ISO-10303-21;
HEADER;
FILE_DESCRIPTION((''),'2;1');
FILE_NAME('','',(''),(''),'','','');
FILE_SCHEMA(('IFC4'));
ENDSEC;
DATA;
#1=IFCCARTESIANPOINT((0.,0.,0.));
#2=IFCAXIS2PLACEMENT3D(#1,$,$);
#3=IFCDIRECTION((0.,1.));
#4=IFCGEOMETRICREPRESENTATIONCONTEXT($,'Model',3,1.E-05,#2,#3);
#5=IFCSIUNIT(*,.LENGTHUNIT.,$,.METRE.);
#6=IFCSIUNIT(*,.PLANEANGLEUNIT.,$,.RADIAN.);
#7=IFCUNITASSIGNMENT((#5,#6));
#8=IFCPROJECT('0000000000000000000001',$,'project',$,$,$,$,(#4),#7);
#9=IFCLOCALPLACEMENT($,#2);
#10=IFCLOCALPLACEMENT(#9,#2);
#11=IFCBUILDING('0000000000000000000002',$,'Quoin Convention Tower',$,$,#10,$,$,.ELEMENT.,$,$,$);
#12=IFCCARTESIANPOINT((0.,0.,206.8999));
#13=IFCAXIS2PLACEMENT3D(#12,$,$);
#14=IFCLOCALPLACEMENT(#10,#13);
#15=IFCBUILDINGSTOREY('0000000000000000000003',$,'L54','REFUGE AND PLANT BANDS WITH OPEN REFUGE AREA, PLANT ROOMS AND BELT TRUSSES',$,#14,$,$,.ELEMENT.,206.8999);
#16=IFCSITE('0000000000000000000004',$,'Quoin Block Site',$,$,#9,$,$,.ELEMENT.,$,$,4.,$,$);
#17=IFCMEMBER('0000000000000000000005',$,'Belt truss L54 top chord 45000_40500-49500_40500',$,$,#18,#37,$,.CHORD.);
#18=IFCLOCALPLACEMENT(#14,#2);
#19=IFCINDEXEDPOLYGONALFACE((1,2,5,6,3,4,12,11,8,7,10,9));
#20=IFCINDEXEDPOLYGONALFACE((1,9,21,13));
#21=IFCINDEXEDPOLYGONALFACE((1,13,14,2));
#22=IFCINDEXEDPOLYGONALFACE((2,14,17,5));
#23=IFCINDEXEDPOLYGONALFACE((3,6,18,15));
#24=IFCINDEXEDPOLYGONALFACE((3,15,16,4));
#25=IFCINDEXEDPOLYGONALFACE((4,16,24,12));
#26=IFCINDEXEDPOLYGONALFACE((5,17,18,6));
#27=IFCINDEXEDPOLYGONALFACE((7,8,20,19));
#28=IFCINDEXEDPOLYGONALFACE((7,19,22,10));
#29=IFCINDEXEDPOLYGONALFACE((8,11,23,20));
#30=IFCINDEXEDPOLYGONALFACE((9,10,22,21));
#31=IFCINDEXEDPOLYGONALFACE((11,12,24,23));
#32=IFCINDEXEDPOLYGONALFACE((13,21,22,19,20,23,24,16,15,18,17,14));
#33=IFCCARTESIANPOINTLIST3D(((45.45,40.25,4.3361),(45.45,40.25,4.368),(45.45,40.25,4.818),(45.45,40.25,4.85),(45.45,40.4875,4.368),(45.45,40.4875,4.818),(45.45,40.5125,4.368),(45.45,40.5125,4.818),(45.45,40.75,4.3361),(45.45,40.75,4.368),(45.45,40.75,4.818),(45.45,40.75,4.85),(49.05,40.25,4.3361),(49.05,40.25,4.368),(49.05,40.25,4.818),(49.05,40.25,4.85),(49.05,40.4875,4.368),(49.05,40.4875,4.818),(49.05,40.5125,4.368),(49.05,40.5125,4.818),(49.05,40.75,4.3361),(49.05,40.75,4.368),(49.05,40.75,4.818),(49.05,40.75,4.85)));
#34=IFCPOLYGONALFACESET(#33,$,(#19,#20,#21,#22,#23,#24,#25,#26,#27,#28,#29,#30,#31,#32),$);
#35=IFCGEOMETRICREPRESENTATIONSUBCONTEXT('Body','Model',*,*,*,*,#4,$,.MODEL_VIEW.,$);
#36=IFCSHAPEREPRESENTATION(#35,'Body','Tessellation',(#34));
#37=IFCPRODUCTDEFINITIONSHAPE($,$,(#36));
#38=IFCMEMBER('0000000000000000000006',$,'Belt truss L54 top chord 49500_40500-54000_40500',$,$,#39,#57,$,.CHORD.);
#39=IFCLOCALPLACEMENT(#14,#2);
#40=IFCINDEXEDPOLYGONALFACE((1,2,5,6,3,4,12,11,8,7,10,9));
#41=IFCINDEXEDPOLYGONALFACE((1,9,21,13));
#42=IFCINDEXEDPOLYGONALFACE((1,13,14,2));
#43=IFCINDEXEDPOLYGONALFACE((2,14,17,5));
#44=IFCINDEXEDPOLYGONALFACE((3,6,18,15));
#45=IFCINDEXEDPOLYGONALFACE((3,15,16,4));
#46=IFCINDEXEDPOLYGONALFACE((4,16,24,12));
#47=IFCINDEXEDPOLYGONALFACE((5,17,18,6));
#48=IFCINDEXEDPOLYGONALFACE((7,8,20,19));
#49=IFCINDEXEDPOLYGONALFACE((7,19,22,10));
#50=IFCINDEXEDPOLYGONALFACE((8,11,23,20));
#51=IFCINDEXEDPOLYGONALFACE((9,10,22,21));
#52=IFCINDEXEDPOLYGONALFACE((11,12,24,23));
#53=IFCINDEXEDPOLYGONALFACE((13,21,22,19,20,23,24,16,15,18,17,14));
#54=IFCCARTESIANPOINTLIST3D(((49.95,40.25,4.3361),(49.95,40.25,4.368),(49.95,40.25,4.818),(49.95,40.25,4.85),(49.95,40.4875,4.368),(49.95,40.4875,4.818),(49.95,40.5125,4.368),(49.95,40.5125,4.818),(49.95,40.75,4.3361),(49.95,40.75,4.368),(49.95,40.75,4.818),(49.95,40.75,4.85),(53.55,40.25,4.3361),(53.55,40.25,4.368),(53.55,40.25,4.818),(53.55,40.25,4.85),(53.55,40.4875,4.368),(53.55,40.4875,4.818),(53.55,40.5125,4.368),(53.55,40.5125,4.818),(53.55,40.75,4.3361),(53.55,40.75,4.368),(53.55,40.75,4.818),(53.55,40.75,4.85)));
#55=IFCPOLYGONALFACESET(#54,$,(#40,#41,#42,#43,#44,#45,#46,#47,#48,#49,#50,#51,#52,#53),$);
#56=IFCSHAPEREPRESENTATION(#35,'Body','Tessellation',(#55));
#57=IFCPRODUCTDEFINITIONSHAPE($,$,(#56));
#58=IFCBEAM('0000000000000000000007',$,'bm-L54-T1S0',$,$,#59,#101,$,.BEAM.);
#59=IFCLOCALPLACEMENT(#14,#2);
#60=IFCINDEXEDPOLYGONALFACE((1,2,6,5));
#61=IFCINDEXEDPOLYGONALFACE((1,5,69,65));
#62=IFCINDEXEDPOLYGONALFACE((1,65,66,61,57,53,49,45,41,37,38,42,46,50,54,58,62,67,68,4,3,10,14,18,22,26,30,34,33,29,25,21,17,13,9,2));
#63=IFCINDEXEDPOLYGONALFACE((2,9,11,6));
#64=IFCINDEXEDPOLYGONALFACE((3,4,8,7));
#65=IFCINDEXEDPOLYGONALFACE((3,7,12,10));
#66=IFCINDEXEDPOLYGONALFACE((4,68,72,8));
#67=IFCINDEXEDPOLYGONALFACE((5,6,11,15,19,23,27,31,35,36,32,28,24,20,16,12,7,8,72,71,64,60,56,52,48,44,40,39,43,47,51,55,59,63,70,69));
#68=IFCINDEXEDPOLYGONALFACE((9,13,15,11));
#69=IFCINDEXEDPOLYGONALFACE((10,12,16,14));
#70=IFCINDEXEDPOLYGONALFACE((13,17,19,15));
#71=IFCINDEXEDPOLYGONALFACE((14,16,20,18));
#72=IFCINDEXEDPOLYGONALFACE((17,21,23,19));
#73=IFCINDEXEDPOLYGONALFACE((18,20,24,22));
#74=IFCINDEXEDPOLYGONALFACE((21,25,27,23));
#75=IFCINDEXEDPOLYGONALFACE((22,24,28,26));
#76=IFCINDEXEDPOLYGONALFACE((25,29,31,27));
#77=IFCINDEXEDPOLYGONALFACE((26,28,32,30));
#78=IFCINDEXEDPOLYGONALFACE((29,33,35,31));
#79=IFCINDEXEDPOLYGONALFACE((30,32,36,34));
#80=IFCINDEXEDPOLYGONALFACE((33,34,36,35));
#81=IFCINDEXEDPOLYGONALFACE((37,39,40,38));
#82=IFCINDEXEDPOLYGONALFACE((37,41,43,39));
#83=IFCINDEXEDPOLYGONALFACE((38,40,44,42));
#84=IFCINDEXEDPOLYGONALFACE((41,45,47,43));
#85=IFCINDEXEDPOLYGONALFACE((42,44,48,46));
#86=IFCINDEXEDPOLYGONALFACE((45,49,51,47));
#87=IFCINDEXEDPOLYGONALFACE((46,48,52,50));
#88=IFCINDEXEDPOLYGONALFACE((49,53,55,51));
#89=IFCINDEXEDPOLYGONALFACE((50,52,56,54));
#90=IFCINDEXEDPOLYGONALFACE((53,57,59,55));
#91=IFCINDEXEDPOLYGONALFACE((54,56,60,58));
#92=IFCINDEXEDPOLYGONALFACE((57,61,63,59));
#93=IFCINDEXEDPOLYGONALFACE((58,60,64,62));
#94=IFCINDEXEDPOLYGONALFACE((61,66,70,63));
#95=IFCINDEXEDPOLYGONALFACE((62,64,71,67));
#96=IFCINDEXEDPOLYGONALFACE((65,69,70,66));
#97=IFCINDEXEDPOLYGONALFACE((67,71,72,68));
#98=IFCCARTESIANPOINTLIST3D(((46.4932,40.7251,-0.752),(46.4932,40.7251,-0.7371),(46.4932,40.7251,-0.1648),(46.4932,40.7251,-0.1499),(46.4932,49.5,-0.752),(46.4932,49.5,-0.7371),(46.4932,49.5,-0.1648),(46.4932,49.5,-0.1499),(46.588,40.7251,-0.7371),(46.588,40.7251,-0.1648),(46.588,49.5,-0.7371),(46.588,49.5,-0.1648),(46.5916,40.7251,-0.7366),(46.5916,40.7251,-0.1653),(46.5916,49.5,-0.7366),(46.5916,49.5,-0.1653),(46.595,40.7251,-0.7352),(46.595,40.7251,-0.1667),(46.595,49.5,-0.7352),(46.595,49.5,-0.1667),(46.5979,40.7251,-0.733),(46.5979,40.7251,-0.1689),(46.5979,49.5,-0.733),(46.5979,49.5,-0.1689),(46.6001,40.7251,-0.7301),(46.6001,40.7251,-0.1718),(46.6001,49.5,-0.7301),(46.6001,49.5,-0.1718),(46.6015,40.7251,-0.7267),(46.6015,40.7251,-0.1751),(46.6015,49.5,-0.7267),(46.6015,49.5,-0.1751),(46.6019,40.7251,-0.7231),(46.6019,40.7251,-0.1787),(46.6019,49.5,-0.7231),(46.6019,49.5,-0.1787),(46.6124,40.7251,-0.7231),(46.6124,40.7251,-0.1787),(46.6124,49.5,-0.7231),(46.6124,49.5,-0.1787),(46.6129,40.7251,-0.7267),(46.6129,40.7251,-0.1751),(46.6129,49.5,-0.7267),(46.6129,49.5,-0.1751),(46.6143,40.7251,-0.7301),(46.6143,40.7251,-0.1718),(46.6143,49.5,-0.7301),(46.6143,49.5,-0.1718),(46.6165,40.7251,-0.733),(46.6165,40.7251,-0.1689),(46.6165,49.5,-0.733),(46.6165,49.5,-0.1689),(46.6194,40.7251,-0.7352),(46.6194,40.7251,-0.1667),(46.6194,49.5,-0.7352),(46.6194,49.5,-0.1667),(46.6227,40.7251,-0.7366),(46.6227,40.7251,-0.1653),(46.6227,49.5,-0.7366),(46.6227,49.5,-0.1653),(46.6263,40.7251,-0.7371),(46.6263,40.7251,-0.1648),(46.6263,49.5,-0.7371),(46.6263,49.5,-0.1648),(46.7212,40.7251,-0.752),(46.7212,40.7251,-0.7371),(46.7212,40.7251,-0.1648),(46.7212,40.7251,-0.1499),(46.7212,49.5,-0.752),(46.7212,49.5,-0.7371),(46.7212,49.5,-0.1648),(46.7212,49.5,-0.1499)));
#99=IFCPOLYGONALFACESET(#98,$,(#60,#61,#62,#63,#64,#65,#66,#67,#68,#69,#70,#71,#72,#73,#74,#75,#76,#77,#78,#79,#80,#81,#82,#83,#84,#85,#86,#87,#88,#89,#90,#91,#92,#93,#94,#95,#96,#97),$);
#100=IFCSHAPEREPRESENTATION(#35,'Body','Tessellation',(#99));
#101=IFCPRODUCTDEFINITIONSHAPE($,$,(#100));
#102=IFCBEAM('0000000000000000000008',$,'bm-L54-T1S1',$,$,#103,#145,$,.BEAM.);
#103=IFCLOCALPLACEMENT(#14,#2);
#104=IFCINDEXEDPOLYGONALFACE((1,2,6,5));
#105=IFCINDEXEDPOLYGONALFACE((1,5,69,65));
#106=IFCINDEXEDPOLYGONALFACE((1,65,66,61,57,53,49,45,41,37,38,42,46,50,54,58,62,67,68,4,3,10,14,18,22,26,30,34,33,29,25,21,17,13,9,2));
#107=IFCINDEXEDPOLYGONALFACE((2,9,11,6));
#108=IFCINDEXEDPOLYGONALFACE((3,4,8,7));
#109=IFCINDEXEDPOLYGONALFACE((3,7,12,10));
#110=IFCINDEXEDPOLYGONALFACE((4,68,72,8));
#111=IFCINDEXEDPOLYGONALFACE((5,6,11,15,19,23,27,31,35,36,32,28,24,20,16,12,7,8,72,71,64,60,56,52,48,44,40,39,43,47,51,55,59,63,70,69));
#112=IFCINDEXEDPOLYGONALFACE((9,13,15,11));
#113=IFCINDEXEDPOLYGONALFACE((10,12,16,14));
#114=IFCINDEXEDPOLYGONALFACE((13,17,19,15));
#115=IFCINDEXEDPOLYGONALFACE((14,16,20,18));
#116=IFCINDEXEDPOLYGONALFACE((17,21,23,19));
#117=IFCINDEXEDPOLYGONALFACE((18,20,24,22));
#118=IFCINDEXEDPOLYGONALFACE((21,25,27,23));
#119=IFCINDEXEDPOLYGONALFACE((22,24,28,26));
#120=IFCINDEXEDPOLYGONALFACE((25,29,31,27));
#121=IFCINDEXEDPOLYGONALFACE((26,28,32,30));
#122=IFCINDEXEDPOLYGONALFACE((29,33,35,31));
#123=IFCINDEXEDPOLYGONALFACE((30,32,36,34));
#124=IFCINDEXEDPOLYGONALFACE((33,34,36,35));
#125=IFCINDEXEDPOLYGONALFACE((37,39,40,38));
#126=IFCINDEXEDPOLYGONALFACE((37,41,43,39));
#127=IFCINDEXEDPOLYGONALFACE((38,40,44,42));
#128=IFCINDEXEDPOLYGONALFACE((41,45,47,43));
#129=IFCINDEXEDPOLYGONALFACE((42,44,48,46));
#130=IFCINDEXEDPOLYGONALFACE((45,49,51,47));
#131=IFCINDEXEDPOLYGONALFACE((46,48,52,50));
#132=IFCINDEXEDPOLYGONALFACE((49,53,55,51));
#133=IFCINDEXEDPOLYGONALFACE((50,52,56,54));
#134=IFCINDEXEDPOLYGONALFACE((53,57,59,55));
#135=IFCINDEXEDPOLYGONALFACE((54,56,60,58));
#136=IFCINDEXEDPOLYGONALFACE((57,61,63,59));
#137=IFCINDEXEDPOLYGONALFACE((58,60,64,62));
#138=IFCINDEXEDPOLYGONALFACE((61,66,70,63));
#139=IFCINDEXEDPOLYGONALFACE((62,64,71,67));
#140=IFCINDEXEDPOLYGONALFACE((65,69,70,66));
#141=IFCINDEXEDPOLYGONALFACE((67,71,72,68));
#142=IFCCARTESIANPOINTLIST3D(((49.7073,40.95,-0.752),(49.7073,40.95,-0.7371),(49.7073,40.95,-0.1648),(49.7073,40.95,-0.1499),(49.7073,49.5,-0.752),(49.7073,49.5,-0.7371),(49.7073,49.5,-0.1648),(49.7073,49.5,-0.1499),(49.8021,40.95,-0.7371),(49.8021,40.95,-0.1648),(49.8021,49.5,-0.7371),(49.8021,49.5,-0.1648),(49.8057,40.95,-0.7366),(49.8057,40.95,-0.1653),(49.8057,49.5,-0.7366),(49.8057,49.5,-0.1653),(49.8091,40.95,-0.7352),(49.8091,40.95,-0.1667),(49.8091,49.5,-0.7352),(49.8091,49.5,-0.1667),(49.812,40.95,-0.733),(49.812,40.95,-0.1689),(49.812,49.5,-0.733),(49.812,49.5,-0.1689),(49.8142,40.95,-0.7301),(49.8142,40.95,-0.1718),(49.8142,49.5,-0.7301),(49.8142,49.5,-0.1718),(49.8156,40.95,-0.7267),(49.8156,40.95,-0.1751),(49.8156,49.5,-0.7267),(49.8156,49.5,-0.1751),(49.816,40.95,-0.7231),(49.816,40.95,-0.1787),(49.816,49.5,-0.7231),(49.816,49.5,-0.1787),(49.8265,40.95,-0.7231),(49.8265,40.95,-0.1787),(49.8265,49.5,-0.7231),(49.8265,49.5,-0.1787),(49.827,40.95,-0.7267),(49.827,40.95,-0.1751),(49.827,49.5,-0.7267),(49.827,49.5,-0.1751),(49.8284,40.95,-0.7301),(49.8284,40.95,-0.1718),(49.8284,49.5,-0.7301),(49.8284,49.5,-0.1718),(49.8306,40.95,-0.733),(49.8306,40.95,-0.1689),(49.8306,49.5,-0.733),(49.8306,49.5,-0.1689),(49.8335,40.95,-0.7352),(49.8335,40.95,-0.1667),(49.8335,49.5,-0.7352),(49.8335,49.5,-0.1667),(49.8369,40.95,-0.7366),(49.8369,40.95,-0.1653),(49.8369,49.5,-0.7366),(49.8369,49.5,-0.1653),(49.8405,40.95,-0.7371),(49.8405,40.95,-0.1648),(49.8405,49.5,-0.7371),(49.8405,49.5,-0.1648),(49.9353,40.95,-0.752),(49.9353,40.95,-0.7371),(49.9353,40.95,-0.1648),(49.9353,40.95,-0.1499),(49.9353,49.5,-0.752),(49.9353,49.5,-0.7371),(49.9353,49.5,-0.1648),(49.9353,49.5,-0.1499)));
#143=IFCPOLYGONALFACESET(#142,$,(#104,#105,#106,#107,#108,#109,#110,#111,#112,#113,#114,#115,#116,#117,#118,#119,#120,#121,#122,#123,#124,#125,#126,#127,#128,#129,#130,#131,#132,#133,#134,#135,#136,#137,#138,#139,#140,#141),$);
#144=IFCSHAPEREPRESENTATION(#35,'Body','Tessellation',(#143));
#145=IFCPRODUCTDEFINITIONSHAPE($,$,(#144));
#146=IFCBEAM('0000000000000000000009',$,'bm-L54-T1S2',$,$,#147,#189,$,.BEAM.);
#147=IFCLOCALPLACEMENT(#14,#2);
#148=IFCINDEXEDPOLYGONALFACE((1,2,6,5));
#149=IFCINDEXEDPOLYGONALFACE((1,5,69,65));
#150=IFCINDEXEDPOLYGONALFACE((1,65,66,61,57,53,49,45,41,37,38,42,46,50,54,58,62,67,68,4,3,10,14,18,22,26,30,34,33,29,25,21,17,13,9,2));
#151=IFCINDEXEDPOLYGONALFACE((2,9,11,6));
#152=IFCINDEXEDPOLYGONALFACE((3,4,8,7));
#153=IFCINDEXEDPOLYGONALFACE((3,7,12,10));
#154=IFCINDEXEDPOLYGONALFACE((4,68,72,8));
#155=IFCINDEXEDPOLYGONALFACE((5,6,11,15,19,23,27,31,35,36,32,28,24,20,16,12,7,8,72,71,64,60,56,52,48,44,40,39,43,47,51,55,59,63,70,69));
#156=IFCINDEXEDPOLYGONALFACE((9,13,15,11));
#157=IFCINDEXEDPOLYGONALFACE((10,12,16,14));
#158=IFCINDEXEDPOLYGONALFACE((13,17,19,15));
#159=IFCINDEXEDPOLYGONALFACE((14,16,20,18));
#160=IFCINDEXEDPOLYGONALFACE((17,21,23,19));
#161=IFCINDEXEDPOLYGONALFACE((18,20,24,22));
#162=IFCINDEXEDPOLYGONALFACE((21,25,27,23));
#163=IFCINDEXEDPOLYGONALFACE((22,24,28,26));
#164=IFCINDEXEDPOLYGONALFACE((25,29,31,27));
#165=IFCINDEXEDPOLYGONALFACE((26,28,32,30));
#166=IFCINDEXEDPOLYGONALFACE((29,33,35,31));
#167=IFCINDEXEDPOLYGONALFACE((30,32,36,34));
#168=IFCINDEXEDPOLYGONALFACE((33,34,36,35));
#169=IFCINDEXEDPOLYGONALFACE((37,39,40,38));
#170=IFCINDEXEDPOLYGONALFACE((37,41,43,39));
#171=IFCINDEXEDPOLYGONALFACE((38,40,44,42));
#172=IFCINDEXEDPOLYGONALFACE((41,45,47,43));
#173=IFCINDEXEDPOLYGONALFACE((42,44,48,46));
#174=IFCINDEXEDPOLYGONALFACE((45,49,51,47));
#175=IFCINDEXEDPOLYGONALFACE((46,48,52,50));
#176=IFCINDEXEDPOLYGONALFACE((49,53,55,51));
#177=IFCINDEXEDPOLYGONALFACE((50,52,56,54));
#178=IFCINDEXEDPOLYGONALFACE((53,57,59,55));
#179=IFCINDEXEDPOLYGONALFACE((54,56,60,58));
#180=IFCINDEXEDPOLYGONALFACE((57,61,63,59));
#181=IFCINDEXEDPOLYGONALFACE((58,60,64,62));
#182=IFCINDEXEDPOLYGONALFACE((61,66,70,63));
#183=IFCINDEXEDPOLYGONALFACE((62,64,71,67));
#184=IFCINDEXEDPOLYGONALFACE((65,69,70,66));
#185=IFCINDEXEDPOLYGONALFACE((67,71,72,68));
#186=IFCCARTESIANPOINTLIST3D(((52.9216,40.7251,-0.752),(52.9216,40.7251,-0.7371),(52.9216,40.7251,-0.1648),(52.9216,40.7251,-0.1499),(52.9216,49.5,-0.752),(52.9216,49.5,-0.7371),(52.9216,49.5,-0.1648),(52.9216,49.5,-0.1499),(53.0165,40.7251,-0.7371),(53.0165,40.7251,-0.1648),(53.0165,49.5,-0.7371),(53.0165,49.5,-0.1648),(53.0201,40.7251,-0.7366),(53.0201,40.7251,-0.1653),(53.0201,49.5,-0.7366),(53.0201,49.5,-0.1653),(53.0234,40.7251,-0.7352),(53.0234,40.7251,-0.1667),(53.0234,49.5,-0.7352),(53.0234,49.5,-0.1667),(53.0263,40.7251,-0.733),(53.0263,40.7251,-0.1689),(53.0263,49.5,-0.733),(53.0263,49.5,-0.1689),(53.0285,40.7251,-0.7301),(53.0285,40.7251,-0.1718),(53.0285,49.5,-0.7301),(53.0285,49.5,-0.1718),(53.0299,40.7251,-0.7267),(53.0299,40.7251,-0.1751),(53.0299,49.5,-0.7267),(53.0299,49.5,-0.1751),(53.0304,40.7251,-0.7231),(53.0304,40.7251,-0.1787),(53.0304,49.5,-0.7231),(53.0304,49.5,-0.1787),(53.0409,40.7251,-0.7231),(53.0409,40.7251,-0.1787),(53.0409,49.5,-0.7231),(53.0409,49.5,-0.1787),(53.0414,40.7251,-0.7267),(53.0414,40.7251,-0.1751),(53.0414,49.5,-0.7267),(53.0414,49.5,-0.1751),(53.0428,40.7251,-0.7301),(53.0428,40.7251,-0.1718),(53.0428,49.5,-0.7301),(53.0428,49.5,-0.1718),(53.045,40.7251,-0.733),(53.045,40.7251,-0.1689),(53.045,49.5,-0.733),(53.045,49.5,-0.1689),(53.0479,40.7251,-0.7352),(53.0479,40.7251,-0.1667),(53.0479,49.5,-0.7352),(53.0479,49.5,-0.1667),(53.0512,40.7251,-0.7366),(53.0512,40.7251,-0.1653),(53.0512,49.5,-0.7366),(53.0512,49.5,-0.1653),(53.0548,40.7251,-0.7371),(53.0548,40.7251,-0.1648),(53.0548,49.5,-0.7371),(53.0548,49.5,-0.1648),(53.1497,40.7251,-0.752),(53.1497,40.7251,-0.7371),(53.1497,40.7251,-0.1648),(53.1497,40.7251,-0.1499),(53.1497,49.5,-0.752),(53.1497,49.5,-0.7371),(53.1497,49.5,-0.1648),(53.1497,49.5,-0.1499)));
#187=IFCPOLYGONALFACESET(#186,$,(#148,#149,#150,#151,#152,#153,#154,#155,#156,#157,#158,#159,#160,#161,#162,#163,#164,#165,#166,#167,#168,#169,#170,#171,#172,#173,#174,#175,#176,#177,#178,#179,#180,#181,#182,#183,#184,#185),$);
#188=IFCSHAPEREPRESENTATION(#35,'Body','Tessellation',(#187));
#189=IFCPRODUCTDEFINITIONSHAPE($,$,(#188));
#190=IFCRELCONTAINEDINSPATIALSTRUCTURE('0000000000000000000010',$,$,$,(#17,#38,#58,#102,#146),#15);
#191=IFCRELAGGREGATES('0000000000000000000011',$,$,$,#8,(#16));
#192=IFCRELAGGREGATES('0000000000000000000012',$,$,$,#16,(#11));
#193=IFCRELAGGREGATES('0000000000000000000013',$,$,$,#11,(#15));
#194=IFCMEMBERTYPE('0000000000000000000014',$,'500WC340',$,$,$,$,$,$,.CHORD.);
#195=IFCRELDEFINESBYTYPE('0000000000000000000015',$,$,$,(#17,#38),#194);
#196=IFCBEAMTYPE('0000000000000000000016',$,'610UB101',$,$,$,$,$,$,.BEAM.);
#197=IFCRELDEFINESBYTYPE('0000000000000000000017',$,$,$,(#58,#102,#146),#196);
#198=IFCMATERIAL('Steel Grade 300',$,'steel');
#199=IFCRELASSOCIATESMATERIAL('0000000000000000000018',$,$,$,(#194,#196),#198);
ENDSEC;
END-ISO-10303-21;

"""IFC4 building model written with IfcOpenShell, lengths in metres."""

from ifc_helpers import new_model, si_unit, direction, frame, origin, origin_2d, place, context, subcontext, project, spatial, i_section, extrude, material, material_profile, profile_set, type_object, element, save


model = new_model("IFC4")

# Units and contexts
model_context = context("Model", 3, precision=1e-05, world=origin(), true_north=direction((0.0, 1.0)))
body_context = subcontext(model_context, "Body", "Model", "MODEL_VIEW")
ifc_project = project(units=[si_unit("LENGTHUNIT", "METRE"), si_unit("PLANEANGLEUNIT", "RADIAN")], contexts=[model_context])

# Site, building, storey
site_placement = place(None, origin())
site = spatial("IfcSite", under=ifc_project, at=site_placement, Name="Quoin Block Site", CompositionType="ELEMENT", RefElevation=4.0)
building_placement = place(site_placement, origin())
building = spatial("IfcBuilding", under=site, at=building_placement, Name="Quoin Convention Tower", CompositionType="ELEMENT")
storey_placement = place(building_placement, frame((0.0, 0.0, 206.8999)))
storey = spatial("IfcBuildingStorey", under=building, at=storey_placement, Name="L54", Description="REFUGE AND PLANT BANDS WITH OPEN REFUGE AREA, PLANT ROOMS AND BELT TRUSSES", CompositionType="ELEMENT", Elevation=206.8999)

# Members
ifc_material_1 = material(Name="Steel Grade 300", Category="steel")
ifc_material_profile_1 = material_profile(ifc_material_1, i_section(OverallWidth=0.5, OverallDepth=0.5139, WebThickness=0.0249, FlangeThickness=0.032, at=origin_2d()), Name="500WC340")
ifc_profile_set_1 = profile_set([ifc_material_profile_1], Name="Steel Grade 300")
member_type_1 = type_object("IfcMemberType", Name="500WC340", PredefinedType="CHORD", material=ifc_profile_set_1)
for number, where, z_axis, x_axis, name in (
    (1, (45.45, 40.5, 4.593), (1.0, 0.0, 0.0), (0.0, 1.0, 0.0), "Belt truss L54 top chord 45000_40500-49500_40500"),
    (2, (49.95, 40.5, 4.593), (1.0, 0.0, 0.0), (0.0, 1.0, 0.0), "Belt truss L54 top chord 49500_40500-54000_40500"),
):
    element("IfcMember", number, at=place(storey_placement, frame(where, z_axis=z_axis, x_axis=x_axis)), inside=storey, type_object=member_type_1, Name=name, PredefinedType="CHORD", context=body_context, shape_type="SweptSolid", body=[
        extrude(i_section(OverallWidth=0.5, OverallDepth=0.5139, WebThickness=0.0249, FlangeThickness=0.032, at=origin_2d()), origin(), (0.0, 0.0, 1.0), 3.6001),
    ])

# Beams
ifc_material_profile_2 = material_profile(ifc_material_1, i_section(OverallWidth=0.228, OverallDepth=0.6021, WebThickness=0.0105, FlangeThickness=0.0149, FilletRadius=0.0139, at=origin_2d()), Name="610UB101")
ifc_profile_set_2 = profile_set([ifc_material_profile_2], Name="Steel Grade 300")
beam_type_1 = type_object("IfcBeamType", Name="610UB101", PredefinedType="BEAM", material=ifc_profile_set_2)
beam_1_placement = place(storey_placement, frame((46.6072, 40.7251, -0.4509), z_axis=(0.0, 1.0, 0.0), x_axis=(-1.0, 0.0, 0.0)))
element("IfcBeam", 3, at=beam_1_placement, inside=storey, type_object=beam_type_1, Name="bm-L54-T1S0", PredefinedType="BEAM", context=body_context, shape_type="SweptSolid", body=[
    extrude(i_section(OverallWidth=0.228, OverallDepth=0.6021, WebThickness=0.0105, FlangeThickness=0.0149, FilletRadius=0.0139, at=origin_2d()), origin(), (0.0, 0.0, 1.0), 8.7749),
])
beam_2_placement = place(storey_placement, frame((49.8213, 40.95, -0.4509), z_axis=(0.0, 1.0, 0.0), x_axis=(-1.0, 0.0, 0.0)))
element("IfcBeam", 4, at=beam_2_placement, inside=storey, type_object=beam_type_1, Name="bm-L54-T1S1", PredefinedType="BEAM", context=body_context, shape_type="SweptSolid", body=[
    extrude(i_section(OverallWidth=0.228, OverallDepth=0.6021, WebThickness=0.0105, FlangeThickness=0.0149, FilletRadius=0.0139, at=origin_2d()), origin(), (0.0, 0.0, 1.0), 8.55),
])
beam_3_placement = place(storey_placement, frame((53.0356, 40.7251, -0.4509), z_axis=(0.0, 1.0, 0.0), x_axis=(-1.0, 0.0, 0.0)))
element("IfcBeam", 5, at=beam_3_placement, inside=storey, type_object=beam_type_1, Name="bm-L54-T1S2", PredefinedType="BEAM", context=body_context, shape_type="SweptSolid", body=[
    extrude(i_section(OverallWidth=0.228, OverallDepth=0.6021, WebThickness=0.0105, FlangeThickness=0.0149, FilletRadius=0.0139, at=origin_2d()), origin(), (0.0, 0.0, 1.0), 8.7749),
])

save(model, "model.ifc")
